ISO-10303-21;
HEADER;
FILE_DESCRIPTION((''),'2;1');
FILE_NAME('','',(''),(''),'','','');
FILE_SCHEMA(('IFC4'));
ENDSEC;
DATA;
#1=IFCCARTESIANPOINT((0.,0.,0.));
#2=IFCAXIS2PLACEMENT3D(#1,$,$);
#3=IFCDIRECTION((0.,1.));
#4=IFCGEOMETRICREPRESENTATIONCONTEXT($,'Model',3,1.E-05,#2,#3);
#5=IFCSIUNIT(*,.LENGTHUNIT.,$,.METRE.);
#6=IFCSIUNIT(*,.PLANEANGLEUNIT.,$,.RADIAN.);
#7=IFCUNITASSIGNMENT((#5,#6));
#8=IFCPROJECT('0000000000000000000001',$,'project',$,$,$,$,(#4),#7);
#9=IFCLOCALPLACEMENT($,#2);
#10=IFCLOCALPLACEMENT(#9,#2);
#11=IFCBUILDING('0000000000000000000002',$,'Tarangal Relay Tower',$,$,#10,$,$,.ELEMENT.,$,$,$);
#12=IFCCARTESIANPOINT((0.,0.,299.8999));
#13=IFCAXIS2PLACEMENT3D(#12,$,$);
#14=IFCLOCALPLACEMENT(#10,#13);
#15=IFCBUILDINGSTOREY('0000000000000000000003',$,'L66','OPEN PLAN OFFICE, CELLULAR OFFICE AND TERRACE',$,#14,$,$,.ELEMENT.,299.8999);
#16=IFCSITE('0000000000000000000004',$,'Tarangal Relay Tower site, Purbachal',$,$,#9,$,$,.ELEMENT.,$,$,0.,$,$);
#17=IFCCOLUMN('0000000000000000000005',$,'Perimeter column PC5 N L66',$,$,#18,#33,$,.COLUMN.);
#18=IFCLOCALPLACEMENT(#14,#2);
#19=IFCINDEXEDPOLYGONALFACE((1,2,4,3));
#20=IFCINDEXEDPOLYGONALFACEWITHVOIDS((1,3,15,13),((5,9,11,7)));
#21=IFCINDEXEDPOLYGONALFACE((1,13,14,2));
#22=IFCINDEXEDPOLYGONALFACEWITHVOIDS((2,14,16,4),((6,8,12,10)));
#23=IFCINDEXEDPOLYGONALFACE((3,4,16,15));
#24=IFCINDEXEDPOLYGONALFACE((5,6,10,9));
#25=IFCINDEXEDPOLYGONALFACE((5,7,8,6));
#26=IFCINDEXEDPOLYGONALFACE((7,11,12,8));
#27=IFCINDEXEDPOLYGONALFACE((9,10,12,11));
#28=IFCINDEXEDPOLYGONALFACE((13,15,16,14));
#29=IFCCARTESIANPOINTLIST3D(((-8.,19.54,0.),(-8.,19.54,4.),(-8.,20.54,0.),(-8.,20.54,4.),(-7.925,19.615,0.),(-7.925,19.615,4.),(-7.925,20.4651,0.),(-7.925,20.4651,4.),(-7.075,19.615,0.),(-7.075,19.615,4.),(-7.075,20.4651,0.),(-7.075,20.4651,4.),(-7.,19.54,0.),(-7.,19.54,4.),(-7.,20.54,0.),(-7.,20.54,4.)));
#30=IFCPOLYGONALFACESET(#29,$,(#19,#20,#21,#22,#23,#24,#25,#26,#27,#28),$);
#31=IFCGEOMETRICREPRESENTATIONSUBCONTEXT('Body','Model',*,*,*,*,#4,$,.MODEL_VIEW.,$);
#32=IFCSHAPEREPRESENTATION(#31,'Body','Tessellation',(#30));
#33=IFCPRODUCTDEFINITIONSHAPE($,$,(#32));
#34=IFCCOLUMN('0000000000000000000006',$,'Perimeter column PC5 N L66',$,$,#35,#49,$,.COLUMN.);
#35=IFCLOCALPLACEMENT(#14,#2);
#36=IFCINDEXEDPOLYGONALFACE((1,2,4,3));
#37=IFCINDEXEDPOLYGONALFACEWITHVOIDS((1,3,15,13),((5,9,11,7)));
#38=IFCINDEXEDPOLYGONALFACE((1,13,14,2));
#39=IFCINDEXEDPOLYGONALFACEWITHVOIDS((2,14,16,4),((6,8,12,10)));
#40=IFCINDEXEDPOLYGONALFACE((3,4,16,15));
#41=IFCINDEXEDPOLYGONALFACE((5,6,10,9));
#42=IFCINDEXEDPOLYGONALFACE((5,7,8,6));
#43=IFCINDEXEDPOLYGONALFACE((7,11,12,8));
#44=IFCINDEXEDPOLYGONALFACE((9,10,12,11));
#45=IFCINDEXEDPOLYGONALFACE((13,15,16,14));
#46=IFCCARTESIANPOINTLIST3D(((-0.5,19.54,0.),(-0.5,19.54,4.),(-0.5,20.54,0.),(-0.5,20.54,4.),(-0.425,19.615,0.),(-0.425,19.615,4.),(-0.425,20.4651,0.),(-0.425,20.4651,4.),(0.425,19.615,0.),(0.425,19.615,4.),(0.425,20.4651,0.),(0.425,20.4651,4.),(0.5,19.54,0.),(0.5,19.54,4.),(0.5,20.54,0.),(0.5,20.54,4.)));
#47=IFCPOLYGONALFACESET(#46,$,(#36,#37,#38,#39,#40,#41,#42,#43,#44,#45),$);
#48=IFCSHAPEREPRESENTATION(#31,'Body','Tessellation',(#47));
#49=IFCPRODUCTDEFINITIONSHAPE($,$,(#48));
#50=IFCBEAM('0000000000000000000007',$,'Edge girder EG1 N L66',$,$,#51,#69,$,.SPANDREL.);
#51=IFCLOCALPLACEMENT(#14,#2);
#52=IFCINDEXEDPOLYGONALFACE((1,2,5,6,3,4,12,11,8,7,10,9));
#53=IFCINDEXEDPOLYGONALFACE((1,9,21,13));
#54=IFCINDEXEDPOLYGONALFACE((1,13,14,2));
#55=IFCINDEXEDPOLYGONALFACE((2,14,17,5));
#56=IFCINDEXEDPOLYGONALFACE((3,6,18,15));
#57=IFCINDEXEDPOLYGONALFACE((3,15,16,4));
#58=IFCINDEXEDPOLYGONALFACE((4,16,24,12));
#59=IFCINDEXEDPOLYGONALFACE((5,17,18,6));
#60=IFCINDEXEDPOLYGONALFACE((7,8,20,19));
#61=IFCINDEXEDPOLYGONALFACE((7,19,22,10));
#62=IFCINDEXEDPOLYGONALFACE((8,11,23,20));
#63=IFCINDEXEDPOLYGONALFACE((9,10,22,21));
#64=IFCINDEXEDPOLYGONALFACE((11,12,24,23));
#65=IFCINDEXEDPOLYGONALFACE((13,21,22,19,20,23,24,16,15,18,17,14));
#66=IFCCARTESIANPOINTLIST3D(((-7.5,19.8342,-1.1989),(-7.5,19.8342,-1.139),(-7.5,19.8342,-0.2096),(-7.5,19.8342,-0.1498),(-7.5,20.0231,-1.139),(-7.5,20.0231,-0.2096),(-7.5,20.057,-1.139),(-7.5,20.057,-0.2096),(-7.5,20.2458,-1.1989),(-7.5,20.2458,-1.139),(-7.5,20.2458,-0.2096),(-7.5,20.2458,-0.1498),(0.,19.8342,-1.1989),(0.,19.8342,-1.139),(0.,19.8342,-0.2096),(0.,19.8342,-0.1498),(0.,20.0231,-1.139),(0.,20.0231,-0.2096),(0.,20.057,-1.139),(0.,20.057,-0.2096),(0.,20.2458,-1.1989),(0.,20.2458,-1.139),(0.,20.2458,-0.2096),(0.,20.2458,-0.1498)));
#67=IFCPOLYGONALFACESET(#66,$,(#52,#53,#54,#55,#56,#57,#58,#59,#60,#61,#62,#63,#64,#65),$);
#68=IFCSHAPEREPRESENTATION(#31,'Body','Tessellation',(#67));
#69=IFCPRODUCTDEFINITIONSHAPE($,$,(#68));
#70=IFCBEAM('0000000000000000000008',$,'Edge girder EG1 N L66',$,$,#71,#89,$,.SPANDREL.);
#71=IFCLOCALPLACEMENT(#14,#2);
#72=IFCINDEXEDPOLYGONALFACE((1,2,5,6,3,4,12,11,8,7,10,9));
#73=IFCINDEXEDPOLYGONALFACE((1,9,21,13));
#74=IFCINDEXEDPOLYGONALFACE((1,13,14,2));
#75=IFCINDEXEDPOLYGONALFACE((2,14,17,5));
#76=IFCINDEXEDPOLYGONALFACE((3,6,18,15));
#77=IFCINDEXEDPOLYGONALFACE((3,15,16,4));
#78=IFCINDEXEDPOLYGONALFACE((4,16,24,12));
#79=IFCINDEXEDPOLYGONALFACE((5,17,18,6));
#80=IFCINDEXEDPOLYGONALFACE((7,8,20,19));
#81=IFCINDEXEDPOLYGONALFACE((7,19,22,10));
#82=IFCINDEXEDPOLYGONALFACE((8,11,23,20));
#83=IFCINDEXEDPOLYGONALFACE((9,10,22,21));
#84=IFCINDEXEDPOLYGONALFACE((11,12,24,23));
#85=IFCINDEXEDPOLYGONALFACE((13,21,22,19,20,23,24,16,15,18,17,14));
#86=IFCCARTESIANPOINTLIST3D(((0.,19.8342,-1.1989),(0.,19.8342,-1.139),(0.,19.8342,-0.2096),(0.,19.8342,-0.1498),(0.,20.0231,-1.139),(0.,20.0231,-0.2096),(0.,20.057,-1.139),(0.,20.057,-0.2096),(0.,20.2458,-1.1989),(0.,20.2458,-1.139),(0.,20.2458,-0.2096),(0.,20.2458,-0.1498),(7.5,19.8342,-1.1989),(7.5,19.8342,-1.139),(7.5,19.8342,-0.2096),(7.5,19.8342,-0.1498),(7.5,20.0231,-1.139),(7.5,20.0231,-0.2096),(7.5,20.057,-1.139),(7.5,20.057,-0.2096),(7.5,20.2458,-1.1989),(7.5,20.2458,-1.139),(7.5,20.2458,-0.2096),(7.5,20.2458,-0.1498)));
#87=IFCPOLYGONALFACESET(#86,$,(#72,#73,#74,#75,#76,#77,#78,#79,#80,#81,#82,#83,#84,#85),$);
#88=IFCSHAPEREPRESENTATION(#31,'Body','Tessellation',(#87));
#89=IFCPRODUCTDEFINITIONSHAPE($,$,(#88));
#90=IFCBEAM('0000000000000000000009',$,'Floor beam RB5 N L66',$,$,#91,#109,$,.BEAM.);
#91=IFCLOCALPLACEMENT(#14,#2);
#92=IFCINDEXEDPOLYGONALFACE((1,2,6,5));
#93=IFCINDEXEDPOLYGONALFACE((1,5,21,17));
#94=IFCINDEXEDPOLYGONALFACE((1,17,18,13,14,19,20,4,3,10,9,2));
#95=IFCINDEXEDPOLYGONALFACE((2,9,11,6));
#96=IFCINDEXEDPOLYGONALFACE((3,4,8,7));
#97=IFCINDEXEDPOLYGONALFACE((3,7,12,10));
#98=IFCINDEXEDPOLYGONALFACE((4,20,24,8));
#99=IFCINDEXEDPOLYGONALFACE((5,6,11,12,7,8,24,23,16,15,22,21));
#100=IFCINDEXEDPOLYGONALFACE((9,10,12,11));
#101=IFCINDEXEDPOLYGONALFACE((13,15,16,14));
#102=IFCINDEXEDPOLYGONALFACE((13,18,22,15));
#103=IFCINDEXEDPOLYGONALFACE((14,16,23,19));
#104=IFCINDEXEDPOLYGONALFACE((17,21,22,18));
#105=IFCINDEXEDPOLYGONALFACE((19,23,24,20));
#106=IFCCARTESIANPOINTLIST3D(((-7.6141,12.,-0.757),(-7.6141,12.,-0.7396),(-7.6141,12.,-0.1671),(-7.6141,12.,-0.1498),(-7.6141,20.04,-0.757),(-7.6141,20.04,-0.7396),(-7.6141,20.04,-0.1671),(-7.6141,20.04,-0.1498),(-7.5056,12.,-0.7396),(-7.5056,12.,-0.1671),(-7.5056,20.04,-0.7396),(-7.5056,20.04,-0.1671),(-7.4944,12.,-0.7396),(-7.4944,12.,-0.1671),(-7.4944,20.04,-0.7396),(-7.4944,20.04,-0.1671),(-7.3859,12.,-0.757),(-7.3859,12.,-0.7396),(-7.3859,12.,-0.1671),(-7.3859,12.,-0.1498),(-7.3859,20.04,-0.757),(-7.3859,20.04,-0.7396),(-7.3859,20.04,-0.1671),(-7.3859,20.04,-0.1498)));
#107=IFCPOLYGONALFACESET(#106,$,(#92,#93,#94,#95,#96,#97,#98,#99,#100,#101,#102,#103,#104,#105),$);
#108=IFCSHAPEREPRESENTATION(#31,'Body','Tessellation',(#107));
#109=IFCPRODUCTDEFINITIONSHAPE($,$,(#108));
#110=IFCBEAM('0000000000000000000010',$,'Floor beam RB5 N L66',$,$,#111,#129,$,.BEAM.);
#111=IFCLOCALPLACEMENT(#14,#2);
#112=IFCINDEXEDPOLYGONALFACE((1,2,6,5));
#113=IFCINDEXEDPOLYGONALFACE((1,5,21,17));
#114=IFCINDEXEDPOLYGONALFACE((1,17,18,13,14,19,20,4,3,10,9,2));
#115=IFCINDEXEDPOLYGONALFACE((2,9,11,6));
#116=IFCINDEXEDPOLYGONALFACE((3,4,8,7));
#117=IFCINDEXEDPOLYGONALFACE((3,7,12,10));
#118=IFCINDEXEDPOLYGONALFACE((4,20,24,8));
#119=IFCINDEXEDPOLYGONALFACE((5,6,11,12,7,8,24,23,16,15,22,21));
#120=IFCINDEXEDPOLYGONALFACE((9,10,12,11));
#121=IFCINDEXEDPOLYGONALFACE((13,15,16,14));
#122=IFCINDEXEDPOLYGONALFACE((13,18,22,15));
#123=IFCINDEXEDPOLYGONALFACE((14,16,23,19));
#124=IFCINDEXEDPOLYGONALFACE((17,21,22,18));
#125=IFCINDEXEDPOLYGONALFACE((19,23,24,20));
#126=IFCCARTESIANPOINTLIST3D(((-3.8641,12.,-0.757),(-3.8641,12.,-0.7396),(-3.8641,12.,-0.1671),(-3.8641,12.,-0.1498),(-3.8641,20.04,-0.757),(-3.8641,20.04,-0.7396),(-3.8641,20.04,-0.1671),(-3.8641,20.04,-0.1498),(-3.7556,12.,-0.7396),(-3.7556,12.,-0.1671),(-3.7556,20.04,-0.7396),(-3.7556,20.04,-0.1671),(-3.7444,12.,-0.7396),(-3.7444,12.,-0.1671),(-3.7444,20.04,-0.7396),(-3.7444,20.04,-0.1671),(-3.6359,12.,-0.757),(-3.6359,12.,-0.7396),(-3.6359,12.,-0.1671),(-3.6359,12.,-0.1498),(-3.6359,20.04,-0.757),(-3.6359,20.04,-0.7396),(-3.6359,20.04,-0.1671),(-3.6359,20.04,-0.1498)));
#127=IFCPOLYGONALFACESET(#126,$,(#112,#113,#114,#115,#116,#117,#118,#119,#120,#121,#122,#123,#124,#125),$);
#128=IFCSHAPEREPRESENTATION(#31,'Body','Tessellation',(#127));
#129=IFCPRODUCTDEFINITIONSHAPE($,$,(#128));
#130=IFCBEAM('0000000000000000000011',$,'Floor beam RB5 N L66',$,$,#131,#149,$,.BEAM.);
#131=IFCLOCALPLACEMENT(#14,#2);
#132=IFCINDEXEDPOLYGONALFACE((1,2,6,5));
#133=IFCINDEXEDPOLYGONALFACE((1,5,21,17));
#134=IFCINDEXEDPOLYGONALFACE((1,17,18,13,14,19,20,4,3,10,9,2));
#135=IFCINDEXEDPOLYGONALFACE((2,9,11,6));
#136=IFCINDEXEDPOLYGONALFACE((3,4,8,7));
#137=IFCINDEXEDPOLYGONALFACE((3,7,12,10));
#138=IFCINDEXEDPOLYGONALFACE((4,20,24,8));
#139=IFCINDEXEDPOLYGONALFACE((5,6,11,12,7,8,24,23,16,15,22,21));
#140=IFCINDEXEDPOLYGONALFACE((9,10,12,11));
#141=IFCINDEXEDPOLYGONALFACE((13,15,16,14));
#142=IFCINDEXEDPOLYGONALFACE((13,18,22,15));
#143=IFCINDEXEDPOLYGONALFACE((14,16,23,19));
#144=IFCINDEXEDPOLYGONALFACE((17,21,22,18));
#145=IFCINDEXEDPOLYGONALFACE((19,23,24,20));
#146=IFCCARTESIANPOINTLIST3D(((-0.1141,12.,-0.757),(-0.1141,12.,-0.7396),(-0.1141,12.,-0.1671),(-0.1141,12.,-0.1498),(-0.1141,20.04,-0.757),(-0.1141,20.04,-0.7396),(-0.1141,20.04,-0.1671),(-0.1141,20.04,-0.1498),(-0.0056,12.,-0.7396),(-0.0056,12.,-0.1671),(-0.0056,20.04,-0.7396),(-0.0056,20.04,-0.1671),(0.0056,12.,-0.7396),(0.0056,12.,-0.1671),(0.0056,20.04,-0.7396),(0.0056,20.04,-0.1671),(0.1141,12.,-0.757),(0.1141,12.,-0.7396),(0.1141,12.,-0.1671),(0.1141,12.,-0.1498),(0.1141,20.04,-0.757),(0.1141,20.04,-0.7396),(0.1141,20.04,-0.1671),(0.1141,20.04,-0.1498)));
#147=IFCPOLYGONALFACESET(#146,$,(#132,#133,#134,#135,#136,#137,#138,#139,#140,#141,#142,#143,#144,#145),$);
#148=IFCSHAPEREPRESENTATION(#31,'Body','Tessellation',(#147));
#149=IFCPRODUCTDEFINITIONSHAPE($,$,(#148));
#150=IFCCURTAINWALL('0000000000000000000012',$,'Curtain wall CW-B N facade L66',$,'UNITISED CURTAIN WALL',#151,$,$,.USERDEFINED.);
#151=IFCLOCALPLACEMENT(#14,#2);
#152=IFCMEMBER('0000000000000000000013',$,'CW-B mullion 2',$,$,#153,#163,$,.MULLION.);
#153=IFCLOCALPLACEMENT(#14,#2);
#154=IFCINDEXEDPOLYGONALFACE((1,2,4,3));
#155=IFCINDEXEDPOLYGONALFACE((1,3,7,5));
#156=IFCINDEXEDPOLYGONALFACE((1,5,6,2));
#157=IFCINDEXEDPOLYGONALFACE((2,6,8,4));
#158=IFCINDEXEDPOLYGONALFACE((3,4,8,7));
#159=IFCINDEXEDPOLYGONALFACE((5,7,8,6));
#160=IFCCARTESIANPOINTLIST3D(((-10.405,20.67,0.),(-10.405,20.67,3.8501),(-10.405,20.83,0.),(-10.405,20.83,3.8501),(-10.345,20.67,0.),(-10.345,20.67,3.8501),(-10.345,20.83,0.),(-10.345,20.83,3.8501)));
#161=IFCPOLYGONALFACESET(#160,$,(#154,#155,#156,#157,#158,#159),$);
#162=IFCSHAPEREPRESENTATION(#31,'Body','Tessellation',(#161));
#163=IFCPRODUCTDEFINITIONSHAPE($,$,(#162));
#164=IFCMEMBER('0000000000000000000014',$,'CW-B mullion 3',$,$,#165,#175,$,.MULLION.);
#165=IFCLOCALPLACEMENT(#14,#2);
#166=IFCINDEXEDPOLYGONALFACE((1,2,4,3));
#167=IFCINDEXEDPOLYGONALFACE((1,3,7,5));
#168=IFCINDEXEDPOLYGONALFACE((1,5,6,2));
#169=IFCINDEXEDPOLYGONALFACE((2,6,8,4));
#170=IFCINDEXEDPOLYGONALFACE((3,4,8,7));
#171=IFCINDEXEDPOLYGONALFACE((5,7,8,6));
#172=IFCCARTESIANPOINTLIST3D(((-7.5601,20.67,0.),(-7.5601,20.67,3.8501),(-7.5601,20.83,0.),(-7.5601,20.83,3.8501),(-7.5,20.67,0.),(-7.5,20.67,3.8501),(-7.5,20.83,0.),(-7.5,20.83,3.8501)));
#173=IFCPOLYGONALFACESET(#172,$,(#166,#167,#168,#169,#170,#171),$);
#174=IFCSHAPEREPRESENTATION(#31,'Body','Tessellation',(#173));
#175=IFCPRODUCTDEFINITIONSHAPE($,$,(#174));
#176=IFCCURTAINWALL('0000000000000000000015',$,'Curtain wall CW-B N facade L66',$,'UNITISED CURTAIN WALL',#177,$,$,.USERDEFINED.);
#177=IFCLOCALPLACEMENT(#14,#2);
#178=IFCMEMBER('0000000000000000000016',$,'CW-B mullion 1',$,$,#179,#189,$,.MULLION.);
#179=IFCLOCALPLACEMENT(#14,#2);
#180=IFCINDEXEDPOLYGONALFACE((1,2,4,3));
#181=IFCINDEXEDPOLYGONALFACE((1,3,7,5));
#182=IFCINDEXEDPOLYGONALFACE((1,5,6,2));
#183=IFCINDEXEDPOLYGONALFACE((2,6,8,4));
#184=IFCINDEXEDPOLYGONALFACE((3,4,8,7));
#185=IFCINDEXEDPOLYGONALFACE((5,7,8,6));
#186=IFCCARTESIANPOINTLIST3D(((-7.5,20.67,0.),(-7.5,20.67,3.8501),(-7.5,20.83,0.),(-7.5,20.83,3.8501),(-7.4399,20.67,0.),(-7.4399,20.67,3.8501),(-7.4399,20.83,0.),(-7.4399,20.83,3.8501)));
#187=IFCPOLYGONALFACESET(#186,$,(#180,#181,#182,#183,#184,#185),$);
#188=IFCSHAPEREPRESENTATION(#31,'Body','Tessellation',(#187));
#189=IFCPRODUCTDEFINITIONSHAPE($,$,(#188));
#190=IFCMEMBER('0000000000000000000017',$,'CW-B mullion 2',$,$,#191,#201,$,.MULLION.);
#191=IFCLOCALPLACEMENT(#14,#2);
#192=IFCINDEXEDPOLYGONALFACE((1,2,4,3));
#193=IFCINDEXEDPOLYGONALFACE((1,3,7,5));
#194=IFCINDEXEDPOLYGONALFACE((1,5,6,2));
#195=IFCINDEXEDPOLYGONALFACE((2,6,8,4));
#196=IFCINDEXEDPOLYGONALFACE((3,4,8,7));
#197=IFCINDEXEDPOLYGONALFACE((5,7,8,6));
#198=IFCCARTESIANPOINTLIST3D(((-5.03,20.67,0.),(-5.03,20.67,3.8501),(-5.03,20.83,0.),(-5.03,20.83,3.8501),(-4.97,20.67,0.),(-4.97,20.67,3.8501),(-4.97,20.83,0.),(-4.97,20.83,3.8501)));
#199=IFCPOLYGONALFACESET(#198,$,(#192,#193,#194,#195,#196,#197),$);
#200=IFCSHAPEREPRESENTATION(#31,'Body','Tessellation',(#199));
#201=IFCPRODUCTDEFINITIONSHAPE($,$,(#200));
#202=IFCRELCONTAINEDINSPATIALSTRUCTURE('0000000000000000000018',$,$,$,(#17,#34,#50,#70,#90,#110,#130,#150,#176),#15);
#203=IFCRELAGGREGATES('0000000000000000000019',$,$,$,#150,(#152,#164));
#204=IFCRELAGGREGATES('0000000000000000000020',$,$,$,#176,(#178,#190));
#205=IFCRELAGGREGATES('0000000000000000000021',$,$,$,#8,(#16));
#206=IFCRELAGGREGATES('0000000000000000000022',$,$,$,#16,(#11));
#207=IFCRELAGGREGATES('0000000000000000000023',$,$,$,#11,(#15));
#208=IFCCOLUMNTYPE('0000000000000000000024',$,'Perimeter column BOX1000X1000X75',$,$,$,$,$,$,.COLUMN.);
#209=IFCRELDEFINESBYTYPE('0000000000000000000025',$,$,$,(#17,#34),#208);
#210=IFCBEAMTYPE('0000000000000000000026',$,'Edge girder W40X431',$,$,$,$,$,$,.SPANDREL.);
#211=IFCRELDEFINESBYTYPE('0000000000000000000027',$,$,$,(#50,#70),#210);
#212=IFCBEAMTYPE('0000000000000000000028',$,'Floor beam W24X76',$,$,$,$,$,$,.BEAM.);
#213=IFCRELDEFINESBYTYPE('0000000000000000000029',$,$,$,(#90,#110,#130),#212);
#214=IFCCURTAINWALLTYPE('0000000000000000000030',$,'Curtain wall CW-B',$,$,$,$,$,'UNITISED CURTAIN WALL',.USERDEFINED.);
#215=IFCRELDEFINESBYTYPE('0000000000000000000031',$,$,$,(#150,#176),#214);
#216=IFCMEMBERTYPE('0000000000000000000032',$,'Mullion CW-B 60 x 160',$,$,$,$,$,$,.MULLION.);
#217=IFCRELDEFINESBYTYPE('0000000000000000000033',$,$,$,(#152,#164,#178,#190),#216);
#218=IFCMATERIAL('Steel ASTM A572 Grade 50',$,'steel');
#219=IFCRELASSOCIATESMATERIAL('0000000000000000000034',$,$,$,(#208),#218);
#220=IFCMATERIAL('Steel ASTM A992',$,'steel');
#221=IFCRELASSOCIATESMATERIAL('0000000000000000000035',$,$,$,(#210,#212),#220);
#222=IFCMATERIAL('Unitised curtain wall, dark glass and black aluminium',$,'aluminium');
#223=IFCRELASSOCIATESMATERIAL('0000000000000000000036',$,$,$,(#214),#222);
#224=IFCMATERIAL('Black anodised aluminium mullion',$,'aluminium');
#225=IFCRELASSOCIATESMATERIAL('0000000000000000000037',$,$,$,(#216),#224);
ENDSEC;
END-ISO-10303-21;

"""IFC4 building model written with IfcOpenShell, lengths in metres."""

from ifc_helpers import new_model, si_unit, direction, frame, origin, origin_2d, place, context, subcontext, project, spatial, rectangle, hollow_rectangle, i_section, extrude, material, material_profile, profile_set, type_object, element, aggregate, save


model = new_model("IFC4")

# Units and contexts
model_context = context("Model", 3, precision=1e-05, world=origin(), true_north=direction((0.0, 1.0)))
body_context = subcontext(model_context, "Body", "Model", "MODEL_VIEW")
ifc_project = project(units=[si_unit("LENGTHUNIT", "METRE"), si_unit("PLANEANGLEUNIT", "RADIAN")], contexts=[model_context])

# Site, building, storey
site_placement = place(None, origin())
site = spatial("IfcSite", under=ifc_project, at=site_placement, Name="Tarangal Relay Tower site, Purbachal", CompositionType="ELEMENT", RefElevation=0.0)
building_placement = place(site_placement, origin())
building = spatial("IfcBuilding", under=site, at=building_placement, Name="Tarangal Relay Tower", CompositionType="ELEMENT")
storey_placement = place(building_placement, frame((0.0, 0.0, 299.8999)))
storey = spatial("IfcBuildingStorey", under=building, at=storey_placement, Name="L66", Description="OPEN PLAN OFFICE, CELLULAR OFFICE AND TERRACE", CompositionType="ELEMENT", Elevation=299.8999)

# Columns
ifc_material_1 = material(Name="Steel ASTM A572 Grade 50", Category="steel")
ifc_material_profile_1 = material_profile(ifc_material_1, hollow_rectangle(XDim=1.0, YDim=1.0, WallThickness=0.075, at=origin_2d()), Name="BOX1000X1000X75")
ifc_profile_set_1 = profile_set([ifc_material_profile_1], Name="Steel ASTM A572 Grade 50")
column_type = type_object("IfcColumnType", Name="Perimeter column BOX1000X1000X75", PredefinedType="COLUMN", material=ifc_profile_set_1)
for number, where, z_axis, x_axis, name in (
    (1, (-7.5, 20.04, 0.0), (0.0, 0.0, 1.0), (1.0, 0.0, 0.0), "Perimeter column PC5 N L66"),
    (2, (0.0, 20.04, 0.0), (0.0, 0.0, 1.0), (1.0, 0.0, 0.0), "Perimeter column PC5 N L66"),
):
    element("IfcColumn", number, at=place(storey_placement, frame(where, z_axis=z_axis, x_axis=x_axis)), inside=storey, type_object=column_type, Name=name, PredefinedType="COLUMN", context=body_context, shape_type="SweptSolid", body=[
        extrude(hollow_rectangle(XDim=1.0, YDim=1.0, WallThickness=0.075, at=origin_2d()), origin(), (0.0, 0.0, 1.0), 4.0),
    ])

# Beams
ifc_material_2 = material(Name="Steel ASTM A992", Category="steel")
ifc_material_profile_2 = material_profile(ifc_material_2, i_section(OverallWidth=0.4116, OverallDepth=1.0491, WebThickness=0.0339, FlangeThickness=0.0598, at=origin_2d()), Name="W40X431")
ifc_profile_set_2 = profile_set([ifc_material_profile_2], Name="Steel ASTM A992")
beam_type_1 = type_object("IfcBeamType", Name="Edge girder W40X431", PredefinedType="SPANDREL", material=ifc_profile_set_2)
for number, where, z_axis, x_axis, name in (
    (3, (-7.5, 20.04, -0.6743), (1.0, 0.0, 0.0), (0.0, 1.0, 0.0), "Edge girder EG1 N L66"),
    (4, (0.0, 20.04, -0.6743), (1.0, 0.0, 0.0), (0.0, 1.0, 0.0), "Edge girder EG1 N L66"),
):
    element("IfcBeam", number, at=place(storey_placement, frame(where, z_axis=z_axis, x_axis=x_axis)), inside=storey, type_object=beam_type_1, Name=name, PredefinedType="SPANDREL", context=body_context, shape_type="SweptSolid", body=[
        extrude(i_section(OverallWidth=0.4116, OverallDepth=1.0491, WebThickness=0.0339, FlangeThickness=0.0598, at=origin_2d()), origin(), (0.0, 0.0, 1.0), 7.5),
    ])
ifc_material_profile_3 = material_profile(ifc_material_2, i_section(OverallWidth=0.2283, OverallDepth=0.6072, WebThickness=0.0112, FlangeThickness=0.0173, at=origin_2d()), Name="W24X76")
ifc_profile_set_3 = profile_set([ifc_material_profile_3], Name="Steel ASTM A992")
beam_type_2 = type_object("IfcBeamType", Name="Floor beam W24X76", PredefinedType="BEAM", material=ifc_profile_set_3)
for number, where, z_axis, x_axis, name in (
    (5, (-7.5, 12.0, -0.4534), (0.0, 1.0, 0.0), (-1.0, 0.0, 0.0), "Floor beam RB5 N L66"),
    (6, (-3.75, 12.0, -0.4534), (0.0, 1.0, 0.0), (-1.0, 0.0, 0.0), "Floor beam RB5 N L66"),
    (7, (0.0, 12.0, -0.4534), (0.0, 1.0, 0.0), (-1.0, 0.0, 0.0), "Floor beam RB5 N L66"),
):
    element("IfcBeam", number, at=place(storey_placement, frame(where, z_axis=z_axis, x_axis=x_axis)), inside=storey, type_object=beam_type_2, Name=name, PredefinedType="BEAM", context=body_context, shape_type="SweptSolid", body=[
        extrude(i_section(OverallWidth=0.2283, OverallDepth=0.6072, WebThickness=0.0112, FlangeThickness=0.0173, at=origin_2d()), origin(), (0.0, 0.0, 1.0), 8.04),
    ])

# Curtain walls, members
ifc_material_3 = material(Name="Unitised curtain wall, dark glass and black aluminium", Category="aluminium")
curtain_wall_type = type_object("IfcCurtainWallType", Name="Curtain wall CW-B", ElementType="UNITISED CURTAIN WALL", PredefinedType="USERDEFINED", material=ifc_material_3)
curtain_wall_1_placement = place(storey_placement, origin())
curtain_wall_1 = element("IfcCurtainWall", 8, at=curtain_wall_1_placement, inside=storey, type_object=curtain_wall_type, Name="Curtain wall CW-B N facade L66", ObjectType="UNITISED CURTAIN WALL", PredefinedType="USERDEFINED")
ifc_material_4 = material(Name="Black anodised aluminium mullion", Category="aluminium")
ifc_material_profile_4 = material_profile(ifc_material_4, rectangle(XDim=0.1599, YDim=0.0601, at=origin_2d()), Name="CW-BM 60X160")
ifc_profile_set_4 = profile_set([ifc_material_profile_4], Name="Black anodised aluminium mullion")
member_type_1 = type_object("IfcMemberType", Name="Mullion CW-B 60 x 160", PredefinedType="MULLION", material=ifc_profile_set_4)
member_1_placement = place(storey_placement, frame((-10.375, 20.75, 0.0), z_axis=(0.0, 0.0, 1.0), x_axis=(0.0, 1.0, 0.0)))
member_1 = element("IfcMember", 9, at=member_1_placement, type_object=member_type_1, Name="CW-B mullion 2", PredefinedType="MULLION", context=body_context, shape_type="SweptSolid", body=[
    extrude(rectangle(XDim=0.1599, YDim=0.0601, at=origin_2d()), origin(), (0.0, 0.0, 1.0), 3.8501),
])
member_2_placement = place(storey_placement, frame((-7.53, 20.75, 0.0), z_axis=(0.0, 0.0, 1.0), x_axis=(0.0, 1.0, 0.0)))
member_2 = element("IfcMember", 10, at=member_2_placement, type_object=member_type_1, Name="CW-B mullion 3", PredefinedType="MULLION", context=body_context, shape_type="SweptSolid", body=[
    extrude(rectangle(XDim=0.1599, YDim=0.0601, at=origin_2d()), origin(), (0.0, 0.0, 1.0), 3.8501),
])
curtain_wall_2_placement = place(storey_placement, origin())
curtain_wall_2 = element("IfcCurtainWall", 11, at=curtain_wall_2_placement, inside=storey, type_object=curtain_wall_type, Name="Curtain wall CW-B N facade L66", ObjectType="UNITISED CURTAIN WALL", PredefinedType="USERDEFINED")
member_3_placement = place(storey_placement, frame((-7.47, 20.75, 0.0), z_axis=(0.0, 0.0, 1.0), x_axis=(0.0, 1.0, 0.0)))
member_3 = element("IfcMember", 12, at=member_3_placement, type_object=member_type_1, Name="CW-B mullion 1", PredefinedType="MULLION", context=body_context, shape_type="SweptSolid", body=[
    extrude(rectangle(XDim=0.1599, YDim=0.0601, at=origin_2d()), origin(), (0.0, 0.0, 1.0), 3.8501),
])
member_4_placement = place(storey_placement, frame((-5.0, 20.75, 0.0), z_axis=(0.0, 0.0, 1.0), x_axis=(0.0, 1.0, 0.0)))
member_4 = element("IfcMember", 13, at=member_4_placement, type_object=member_type_1, Name="CW-B mullion 2", PredefinedType="MULLION", context=body_context, shape_type="SweptSolid", body=[
    extrude(rectangle(XDim=0.1599, YDim=0.0601, at=origin_2d()), origin(), (0.0, 0.0, 1.0), 3.8501),
])

aggregate(curtain_wall_1, [member_1, member_2])
aggregate(curtain_wall_2, [member_3, member_4])

save(model, "model.ifc")
